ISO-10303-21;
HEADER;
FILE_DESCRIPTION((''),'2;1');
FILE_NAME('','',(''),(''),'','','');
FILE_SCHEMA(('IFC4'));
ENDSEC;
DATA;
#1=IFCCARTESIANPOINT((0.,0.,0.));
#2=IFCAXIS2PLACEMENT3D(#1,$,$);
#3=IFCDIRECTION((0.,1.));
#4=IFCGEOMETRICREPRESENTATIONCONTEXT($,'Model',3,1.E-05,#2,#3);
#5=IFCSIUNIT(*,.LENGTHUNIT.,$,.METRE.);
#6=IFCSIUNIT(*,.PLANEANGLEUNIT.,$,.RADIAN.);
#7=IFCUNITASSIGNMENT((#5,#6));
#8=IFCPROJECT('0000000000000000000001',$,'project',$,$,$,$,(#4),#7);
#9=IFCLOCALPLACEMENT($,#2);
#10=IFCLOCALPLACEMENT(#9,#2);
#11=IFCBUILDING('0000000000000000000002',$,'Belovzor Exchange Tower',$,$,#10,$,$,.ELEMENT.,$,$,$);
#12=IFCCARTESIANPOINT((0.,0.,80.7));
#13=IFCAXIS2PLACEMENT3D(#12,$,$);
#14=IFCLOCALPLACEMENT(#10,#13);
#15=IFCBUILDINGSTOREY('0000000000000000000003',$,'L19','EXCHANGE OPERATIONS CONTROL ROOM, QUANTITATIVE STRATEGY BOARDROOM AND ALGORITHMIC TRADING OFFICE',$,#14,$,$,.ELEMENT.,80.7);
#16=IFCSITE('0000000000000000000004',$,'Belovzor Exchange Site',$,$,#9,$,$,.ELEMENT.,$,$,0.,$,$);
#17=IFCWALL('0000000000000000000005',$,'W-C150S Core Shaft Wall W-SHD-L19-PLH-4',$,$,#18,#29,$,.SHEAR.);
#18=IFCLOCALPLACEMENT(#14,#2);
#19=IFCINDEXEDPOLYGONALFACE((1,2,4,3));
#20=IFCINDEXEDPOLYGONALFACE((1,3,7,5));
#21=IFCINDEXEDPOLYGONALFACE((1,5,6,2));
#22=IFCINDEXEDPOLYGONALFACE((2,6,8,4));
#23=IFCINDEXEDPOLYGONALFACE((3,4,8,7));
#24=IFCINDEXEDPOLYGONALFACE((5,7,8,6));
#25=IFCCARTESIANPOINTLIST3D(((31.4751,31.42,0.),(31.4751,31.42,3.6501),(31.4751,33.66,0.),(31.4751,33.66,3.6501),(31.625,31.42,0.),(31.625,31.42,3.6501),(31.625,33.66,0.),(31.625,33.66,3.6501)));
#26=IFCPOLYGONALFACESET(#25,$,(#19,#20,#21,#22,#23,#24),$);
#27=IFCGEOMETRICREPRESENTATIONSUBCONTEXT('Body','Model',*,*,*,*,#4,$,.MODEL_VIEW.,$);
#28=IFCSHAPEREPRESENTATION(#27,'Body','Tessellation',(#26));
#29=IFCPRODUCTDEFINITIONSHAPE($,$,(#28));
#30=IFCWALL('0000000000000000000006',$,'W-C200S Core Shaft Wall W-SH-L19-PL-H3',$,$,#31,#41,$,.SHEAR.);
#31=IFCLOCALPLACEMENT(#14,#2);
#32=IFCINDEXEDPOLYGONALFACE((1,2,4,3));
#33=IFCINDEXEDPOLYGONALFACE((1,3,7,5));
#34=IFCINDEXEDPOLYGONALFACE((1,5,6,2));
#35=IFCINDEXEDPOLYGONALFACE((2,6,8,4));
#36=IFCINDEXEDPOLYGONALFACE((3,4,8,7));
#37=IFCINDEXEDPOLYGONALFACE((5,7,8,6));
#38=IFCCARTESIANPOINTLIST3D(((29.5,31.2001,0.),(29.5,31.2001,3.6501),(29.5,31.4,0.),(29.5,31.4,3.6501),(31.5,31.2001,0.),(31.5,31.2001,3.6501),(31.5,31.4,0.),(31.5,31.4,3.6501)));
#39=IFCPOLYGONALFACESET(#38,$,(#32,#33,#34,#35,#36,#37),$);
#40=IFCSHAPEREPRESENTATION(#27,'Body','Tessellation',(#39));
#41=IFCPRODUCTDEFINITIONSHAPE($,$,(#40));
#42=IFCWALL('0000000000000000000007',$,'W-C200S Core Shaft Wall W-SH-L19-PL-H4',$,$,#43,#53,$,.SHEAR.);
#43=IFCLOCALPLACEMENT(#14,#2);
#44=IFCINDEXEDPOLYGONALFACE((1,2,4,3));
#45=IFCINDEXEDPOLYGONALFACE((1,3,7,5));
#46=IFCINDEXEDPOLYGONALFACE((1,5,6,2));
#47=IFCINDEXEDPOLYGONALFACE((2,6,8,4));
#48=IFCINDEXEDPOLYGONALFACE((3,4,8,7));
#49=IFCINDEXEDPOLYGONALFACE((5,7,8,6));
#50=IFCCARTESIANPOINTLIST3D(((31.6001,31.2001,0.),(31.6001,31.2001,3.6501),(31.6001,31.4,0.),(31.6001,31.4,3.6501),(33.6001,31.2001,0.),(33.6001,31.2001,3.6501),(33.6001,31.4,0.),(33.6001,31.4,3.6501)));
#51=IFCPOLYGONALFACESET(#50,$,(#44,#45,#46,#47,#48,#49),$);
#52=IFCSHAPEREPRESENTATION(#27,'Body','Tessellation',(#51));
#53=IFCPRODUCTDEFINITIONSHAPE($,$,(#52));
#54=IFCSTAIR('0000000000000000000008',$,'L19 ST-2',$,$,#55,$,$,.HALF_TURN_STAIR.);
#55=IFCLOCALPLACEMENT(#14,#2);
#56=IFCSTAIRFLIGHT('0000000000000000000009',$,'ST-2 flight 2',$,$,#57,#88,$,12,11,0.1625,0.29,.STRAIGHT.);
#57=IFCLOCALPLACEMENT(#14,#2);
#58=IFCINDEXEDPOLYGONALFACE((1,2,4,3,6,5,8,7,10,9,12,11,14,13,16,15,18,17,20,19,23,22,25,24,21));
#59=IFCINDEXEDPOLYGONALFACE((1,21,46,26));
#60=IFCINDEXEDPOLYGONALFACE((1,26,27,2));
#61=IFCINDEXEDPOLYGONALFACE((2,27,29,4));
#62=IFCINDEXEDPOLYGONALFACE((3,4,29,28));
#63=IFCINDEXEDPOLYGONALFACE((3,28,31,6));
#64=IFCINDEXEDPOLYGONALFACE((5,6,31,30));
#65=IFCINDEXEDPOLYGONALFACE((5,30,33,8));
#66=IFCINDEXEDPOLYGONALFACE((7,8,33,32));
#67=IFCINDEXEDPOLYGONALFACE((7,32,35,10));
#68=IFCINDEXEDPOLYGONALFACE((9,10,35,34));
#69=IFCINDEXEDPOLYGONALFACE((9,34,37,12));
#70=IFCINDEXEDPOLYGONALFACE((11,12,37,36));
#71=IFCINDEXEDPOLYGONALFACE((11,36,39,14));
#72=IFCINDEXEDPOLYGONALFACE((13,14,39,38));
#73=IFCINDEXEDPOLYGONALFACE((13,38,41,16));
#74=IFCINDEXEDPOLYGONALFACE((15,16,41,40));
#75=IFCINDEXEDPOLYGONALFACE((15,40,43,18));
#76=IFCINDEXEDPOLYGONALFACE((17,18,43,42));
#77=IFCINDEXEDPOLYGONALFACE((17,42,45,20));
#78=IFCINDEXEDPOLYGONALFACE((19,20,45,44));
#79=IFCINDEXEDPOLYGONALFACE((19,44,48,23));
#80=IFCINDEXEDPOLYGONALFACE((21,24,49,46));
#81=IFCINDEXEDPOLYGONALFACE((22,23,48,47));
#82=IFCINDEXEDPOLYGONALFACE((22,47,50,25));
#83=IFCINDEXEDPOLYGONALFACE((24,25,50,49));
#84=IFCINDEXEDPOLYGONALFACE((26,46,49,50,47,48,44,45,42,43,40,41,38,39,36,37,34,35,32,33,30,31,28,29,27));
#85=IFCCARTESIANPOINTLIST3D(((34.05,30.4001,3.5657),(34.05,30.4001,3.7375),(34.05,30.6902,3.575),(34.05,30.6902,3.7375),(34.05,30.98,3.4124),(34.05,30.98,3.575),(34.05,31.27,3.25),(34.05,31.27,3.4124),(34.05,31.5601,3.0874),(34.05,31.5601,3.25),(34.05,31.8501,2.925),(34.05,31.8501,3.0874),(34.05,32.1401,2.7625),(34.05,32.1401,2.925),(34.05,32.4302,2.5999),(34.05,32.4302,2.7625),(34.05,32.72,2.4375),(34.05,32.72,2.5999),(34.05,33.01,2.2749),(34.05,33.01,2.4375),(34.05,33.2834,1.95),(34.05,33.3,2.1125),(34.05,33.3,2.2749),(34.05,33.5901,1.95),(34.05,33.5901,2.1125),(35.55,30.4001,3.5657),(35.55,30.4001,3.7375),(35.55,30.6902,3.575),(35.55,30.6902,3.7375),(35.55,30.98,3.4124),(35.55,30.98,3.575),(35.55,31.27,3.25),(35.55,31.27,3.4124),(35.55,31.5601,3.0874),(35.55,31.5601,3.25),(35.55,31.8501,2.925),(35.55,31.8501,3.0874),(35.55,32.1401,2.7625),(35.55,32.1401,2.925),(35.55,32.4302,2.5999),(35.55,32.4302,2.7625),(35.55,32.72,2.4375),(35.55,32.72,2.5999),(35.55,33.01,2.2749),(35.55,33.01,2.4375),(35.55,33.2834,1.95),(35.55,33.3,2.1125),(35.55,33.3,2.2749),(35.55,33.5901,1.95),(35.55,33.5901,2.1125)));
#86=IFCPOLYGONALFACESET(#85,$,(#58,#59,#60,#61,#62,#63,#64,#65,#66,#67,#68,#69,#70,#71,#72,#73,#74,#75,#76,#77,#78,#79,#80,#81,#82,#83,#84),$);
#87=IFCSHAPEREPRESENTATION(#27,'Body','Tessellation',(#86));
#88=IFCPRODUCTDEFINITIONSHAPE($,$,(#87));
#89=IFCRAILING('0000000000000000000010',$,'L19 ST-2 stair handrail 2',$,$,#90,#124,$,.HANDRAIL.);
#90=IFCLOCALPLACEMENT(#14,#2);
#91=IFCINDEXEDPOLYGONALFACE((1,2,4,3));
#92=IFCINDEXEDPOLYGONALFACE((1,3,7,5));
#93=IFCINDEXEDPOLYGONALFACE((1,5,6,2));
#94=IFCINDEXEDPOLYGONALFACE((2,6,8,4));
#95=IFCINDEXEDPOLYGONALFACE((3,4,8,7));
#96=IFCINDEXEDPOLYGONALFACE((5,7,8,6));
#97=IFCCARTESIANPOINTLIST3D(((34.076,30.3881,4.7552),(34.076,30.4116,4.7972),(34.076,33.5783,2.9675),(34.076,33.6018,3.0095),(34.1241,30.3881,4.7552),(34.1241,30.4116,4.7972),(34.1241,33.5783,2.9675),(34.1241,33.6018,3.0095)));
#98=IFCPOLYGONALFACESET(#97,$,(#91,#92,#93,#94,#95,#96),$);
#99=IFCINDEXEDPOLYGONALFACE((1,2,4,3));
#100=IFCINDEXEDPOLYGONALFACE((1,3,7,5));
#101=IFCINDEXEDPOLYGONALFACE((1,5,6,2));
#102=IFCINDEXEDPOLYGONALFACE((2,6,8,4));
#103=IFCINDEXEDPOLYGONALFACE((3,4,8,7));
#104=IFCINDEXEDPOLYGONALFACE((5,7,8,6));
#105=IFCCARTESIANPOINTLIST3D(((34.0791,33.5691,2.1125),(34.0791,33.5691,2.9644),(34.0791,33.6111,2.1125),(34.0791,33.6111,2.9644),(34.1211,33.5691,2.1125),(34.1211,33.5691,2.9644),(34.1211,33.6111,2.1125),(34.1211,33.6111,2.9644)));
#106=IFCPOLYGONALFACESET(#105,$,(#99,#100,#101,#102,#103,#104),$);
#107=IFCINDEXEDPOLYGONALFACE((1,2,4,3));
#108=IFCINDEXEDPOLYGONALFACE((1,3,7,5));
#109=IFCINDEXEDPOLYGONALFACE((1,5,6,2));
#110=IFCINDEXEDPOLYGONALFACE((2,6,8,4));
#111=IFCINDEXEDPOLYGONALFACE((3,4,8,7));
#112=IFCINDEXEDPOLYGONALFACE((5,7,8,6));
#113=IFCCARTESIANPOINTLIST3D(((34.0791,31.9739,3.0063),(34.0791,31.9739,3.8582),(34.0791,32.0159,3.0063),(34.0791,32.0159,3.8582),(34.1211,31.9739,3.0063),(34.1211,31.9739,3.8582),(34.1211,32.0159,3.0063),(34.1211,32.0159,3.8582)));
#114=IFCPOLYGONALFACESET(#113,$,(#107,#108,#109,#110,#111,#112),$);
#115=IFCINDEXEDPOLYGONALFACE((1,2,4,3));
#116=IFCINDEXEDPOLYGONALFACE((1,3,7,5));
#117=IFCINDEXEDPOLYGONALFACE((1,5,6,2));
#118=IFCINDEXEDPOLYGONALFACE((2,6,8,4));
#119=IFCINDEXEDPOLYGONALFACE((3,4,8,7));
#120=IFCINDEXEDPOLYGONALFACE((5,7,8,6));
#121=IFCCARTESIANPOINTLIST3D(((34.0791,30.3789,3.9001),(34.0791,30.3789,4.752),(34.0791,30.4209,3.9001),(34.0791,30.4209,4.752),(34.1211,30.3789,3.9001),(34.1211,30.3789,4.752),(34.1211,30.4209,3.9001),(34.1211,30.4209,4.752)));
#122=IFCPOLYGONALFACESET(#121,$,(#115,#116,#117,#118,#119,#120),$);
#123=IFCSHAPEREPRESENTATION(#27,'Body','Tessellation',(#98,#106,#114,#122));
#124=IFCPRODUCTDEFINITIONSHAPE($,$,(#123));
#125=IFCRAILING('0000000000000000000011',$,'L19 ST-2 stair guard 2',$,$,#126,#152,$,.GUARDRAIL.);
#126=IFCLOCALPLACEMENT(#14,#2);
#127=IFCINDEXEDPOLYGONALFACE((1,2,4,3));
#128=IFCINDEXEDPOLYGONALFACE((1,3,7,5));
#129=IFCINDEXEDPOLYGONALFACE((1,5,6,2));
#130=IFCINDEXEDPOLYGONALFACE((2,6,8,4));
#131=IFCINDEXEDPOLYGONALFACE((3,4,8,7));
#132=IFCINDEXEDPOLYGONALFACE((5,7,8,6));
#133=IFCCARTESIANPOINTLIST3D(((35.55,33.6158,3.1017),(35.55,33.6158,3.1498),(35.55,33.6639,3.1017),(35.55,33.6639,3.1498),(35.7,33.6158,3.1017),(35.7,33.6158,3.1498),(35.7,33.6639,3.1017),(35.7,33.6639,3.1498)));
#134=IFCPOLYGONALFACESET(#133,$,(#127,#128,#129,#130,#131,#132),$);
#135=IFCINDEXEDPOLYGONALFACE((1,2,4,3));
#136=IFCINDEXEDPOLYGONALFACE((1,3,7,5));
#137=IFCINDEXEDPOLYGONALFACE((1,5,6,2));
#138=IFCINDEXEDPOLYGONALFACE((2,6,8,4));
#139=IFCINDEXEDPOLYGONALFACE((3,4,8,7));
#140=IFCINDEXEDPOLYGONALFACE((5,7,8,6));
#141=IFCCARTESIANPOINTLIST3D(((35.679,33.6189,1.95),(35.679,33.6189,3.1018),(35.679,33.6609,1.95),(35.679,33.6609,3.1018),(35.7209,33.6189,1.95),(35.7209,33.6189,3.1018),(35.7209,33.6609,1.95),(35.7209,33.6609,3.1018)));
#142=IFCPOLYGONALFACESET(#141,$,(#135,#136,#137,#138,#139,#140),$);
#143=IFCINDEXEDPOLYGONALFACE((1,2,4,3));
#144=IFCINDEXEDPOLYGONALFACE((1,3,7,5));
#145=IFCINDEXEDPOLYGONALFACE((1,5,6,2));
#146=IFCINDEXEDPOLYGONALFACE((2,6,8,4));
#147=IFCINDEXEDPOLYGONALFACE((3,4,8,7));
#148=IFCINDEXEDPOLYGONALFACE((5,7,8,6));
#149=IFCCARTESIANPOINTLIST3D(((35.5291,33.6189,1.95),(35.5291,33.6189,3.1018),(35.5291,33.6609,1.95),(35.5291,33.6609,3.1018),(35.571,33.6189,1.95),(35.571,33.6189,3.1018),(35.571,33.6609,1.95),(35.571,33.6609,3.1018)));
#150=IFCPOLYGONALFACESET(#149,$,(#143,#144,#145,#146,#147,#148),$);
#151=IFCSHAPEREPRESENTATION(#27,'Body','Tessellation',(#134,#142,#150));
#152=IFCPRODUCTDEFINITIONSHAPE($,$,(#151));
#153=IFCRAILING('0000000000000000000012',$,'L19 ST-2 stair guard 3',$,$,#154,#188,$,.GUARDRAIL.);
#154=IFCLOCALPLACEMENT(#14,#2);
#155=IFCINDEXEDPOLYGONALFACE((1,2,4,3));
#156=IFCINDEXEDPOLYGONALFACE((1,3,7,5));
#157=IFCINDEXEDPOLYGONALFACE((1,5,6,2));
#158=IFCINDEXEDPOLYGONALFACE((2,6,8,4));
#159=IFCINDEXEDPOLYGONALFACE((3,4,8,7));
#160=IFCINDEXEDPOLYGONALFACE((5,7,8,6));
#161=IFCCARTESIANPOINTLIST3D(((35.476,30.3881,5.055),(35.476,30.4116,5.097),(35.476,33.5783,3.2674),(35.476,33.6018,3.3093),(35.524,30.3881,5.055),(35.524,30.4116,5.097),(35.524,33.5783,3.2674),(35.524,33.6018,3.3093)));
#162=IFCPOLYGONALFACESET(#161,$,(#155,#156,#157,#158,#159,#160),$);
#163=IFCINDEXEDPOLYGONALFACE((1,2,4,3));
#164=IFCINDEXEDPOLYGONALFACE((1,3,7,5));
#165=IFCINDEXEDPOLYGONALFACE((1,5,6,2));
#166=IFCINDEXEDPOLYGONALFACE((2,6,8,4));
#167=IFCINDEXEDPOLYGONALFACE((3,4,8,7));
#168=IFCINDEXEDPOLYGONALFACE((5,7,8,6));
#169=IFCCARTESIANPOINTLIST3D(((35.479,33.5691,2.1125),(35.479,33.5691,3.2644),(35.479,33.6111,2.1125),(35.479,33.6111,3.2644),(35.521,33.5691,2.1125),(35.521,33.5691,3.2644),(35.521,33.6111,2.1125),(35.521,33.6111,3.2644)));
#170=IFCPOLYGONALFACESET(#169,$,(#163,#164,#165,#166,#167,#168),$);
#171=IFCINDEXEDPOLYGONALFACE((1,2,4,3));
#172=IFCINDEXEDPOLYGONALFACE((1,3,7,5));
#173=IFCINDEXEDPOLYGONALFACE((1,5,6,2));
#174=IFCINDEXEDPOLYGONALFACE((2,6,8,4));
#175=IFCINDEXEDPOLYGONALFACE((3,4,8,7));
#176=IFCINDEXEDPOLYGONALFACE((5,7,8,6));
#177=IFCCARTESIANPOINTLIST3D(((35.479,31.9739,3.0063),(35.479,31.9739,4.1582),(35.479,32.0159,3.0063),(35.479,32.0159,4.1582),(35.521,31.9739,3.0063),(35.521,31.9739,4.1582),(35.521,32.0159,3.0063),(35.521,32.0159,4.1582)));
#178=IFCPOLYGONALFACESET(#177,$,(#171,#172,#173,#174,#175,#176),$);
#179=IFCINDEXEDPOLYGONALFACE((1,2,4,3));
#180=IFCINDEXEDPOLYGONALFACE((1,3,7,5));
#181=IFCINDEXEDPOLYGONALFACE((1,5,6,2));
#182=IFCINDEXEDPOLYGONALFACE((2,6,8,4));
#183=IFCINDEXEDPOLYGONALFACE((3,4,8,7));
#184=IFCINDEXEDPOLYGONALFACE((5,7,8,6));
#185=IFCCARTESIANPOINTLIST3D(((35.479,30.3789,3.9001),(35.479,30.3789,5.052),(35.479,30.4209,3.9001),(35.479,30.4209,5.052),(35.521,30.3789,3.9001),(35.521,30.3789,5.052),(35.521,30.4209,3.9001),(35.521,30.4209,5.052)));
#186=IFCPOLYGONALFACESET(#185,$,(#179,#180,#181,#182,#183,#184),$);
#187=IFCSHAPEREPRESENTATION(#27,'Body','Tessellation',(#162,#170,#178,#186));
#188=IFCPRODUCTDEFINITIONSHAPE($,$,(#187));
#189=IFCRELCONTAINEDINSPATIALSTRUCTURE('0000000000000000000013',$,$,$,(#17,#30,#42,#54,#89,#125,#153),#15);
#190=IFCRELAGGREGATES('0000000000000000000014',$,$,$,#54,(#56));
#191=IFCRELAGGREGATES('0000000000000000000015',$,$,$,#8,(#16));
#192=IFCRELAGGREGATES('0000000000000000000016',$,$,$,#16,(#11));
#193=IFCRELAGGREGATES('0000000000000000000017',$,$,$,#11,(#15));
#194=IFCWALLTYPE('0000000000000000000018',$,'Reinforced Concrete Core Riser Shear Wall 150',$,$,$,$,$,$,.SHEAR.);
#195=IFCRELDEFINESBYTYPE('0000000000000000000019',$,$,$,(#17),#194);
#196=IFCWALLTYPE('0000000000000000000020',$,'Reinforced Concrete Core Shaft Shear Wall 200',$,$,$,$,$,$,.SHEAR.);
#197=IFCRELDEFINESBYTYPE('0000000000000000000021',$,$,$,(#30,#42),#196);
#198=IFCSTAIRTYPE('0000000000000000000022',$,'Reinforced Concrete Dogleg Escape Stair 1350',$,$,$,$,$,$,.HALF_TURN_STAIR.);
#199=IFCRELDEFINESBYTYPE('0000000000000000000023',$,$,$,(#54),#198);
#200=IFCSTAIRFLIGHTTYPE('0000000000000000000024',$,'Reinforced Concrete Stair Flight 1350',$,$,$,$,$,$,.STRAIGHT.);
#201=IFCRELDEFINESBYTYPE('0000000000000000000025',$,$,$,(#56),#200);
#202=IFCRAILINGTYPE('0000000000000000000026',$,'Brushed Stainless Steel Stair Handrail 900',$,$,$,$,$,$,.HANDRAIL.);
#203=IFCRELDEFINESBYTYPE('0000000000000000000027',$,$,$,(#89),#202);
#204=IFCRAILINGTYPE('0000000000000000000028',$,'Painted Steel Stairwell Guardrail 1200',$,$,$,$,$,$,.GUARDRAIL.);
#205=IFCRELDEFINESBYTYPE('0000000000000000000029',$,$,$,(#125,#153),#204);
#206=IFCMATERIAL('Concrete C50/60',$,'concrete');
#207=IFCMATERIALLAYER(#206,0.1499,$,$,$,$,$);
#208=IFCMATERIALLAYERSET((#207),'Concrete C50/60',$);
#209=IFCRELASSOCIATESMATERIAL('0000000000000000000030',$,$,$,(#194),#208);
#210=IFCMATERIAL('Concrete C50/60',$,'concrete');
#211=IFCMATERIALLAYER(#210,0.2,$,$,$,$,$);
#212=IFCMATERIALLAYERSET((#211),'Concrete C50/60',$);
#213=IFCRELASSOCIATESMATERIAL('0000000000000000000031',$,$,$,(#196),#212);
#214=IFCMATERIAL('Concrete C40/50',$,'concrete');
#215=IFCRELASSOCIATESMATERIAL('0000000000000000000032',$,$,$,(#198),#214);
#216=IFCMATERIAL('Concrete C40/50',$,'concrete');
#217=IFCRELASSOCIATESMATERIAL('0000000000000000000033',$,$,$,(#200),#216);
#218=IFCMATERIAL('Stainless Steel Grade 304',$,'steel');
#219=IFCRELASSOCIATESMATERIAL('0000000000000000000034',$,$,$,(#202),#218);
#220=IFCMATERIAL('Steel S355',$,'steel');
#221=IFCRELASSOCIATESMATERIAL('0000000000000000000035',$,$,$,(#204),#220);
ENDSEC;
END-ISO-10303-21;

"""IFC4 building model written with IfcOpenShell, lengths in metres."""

from ifc_helpers import new_model, si_unit, direction, frame, frame_2d, origin, origin_2d, place, context, subcontext, project, spatial, polyline, rectangle, outline, extrude, material, layer, layer_set, type_object, element, aggregate, save


model = new_model("IFC4")

# Units and contexts
model_context = context("Model", 3, precision=1e-05, world=origin(), true_north=direction((0.0, 1.0)))
body_context = subcontext(model_context, "Body", "Model", "MODEL_VIEW")
ifc_project = project(units=[si_unit("LENGTHUNIT", "METRE"), si_unit("PLANEANGLEUNIT", "RADIAN")], contexts=[model_context])

# Site, building, storey
site_placement = place(None, origin())
site = spatial("IfcSite", under=ifc_project, at=site_placement, Name="Belovzor Exchange Site", CompositionType="ELEMENT", RefElevation=0.0)
building_placement = place(site_placement, origin())
building = spatial("IfcBuilding", under=site, at=building_placement, Name="Belovzor Exchange Tower", CompositionType="ELEMENT")
storey_placement = place(building_placement, frame((0.0, 0.0, 80.7)))
storey = spatial("IfcBuildingStorey", under=building, at=storey_placement, Name="L19", Description="EXCHANGE OPERATIONS CONTROL ROOM, QUANTITATIVE STRATEGY BOARDROOM AND ALGORITHMIC TRADING OFFICE", CompositionType="ELEMENT", Elevation=80.7)

# Walls
ifc_material_1 = material(Name="Concrete C50/60", Category="concrete")
ifc_layer_1 = layer(ifc_material_1, 0.1499)
ifc_layer_set_1 = layer_set([ifc_layer_1], Name="Concrete C50/60")
wall_type_1 = type_object("IfcWallType", Name="Reinforced Concrete Core Riser Shear Wall 150", PredefinedType="SHEAR", material=ifc_layer_set_1)
for number, where, z_axis, x_axis, name in (
    (1, (31.55, 31.4199, 0.0), (0.0, 0.0, 1.0), (0.0, 1.0, 0.0), "W-C150S Core Shaft Wall W-SHD-L19-PLH-4"),
):
    element("IfcWall", number, at=place(storey_placement, frame(where, z_axis=z_axis, x_axis=x_axis)), inside=storey, type_object=wall_type_1, Name=name, PredefinedType="SHEAR", context=body_context, shape_type="SweptSolid", body=[
        extrude(rectangle(XDim=2.24, YDim=0.1499, at=frame_2d((1.1201, 0.0))), origin(), (0.0, 0.0, 1.0), 3.6501),
    ])
ifc_material_2 = material(Name="Concrete C50/60", Category="concrete")
ifc_layer_2 = layer(ifc_material_2, 0.2)
ifc_layer_set_2 = layer_set([ifc_layer_2], Name="Concrete C50/60")
wall_type_2 = type_object("IfcWallType", Name="Reinforced Concrete Core Shaft Shear Wall 200", PredefinedType="SHEAR", material=ifc_layer_set_2)
for number, where, z_axis, x_axis, name in (
    (2, (29.5, 31.3, 0.0), (0.0, 0.0, 1.0), (1.0, 0.0, 0.0), "W-C200S Core Shaft Wall W-SH-L19-PL-H3"),
    (3, (31.6001, 31.3, 0.0), (0.0, 0.0, 1.0), (1.0, 0.0, 0.0), "W-C200S Core Shaft Wall W-SH-L19-PL-H4"),
):
    element("IfcWall", number, at=place(storey_placement, frame(where, z_axis=z_axis, x_axis=x_axis)), inside=storey, type_object=wall_type_2, Name=name, PredefinedType="SHEAR", context=body_context, shape_type="SweptSolid", body=[
        extrude(rectangle(XDim=2.0, YDim=0.2, at=frame_2d((1.0, 0.0))), origin(), (0.0, 0.0, 1.0), 3.6501),
    ])

# Stair, stair flight
ifc_material_3 = material(Name="Concrete C40/50", Category="concrete")
stair_type = type_object("IfcStairType", Name="Reinforced Concrete Dogleg Escape Stair 1350", PredefinedType="HALF_TURN_STAIR", material=ifc_material_3)
stair_placement = place(storey_placement, origin())
stair = element("IfcStair", 4, at=stair_placement, inside=storey, type_object=stair_type, Name="L19 ST-2", PredefinedType="HALF_TURN_STAIR")
ifc_material_4 = material(Name="Concrete C40/50", Category="concrete")
stair_flight_type = type_object("IfcStairFlightType", Name="Reinforced Concrete Stair Flight 1350", PredefinedType="STRAIGHT", material=ifc_material_4)
stair_flight_placement = place(storey_placement, frame((34.8, 33.5901, 1.95), z_axis=(0.0, 0.0, 1.0), x_axis=(0.0, -1.0, 0.0)))
stair_flight = element("IfcStairFlight", 5, at=stair_flight_placement, type_object=stair_flight_type, Name="ST-2 flight 2", NumberOfRisers=12, NumberOfTreads=11, PredefinedType="STRAIGHT", RiserHeight=0.1625, TreadLength=0.29, context=body_context, shape_type="SweptSolid", body=[
    extrude(outline(polyline([(0.0, 0.0), (0.0, 0.1626), (0.29, 0.1626), (0.29, 0.325), (0.5801, 0.325), (0.5801, 0.4875), (0.8701, 0.4875), (0.8701, 0.6499), (1.1599, 0.6499), (1.1599, 0.8125), (1.45, 0.8125), (1.45, 0.9751), (1.74, 0.9751), (1.74, 1.1375), (2.03, 1.1375), (2.03, 1.3), (2.3201, 1.3), (2.3201, 1.4624), (2.6101, 1.4624), (2.6101, 1.625), (2.8999, 1.625), (2.8999, 1.7876), (3.1899, 1.7876), (3.1899, 1.95), (3.1899, 1.6157), (0.3066, 0.0), (0.0, 0.0)])), frame((0.0, 0.75, 0.0), z_axis=(0.0, -1.0, 0.0), x_axis=(1.0, 0.0, 0.0)), (0.0, 0.0, 1.0), 1.5),
])
aggregate(stair, [stair_flight])

# Railings
ifc_material_5 = material(Name="Stainless Steel Grade 304", Category="steel")
railing_type_1 = type_object("IfcRailingType", Name="Brushed Stainless Steel Stair Handrail 900", PredefinedType="HANDRAIL", material=ifc_material_5)
railing_1_placement = place(storey_placement, frame((34.1001, 33.5901, 2.1125)))
element("IfcRailing", 6, at=railing_1_placement, inside=storey, type_object=railing_type_1, Name="L19 ST-2 stair handrail 2", PredefinedType="HANDRAIL", context=body_context, shape_type="SweptSolid", body=[
    extrude(rectangle(XDim=0.0481, YDim=0.0481, at=origin_2d()), frame((0.0, 0.0, 0.876), z_axis=(0.0, -0.872378, 0.488831), x_axis=(1.0, 0.0, 0.0)), (0.0, 0.0, 1.0), 3.657),
    extrude(rectangle(XDim=0.042, YDim=0.042, at=origin_2d()), origin(), (0.0, 0.0, 1.0), 0.8518),
    extrude(rectangle(XDim=0.042, YDim=0.042, at=origin_2d()), frame((0.0, -1.5952, 0.8938)), (0.0, 0.0, 1.0), 0.8518),
    extrude(rectangle(XDim=0.042, YDim=0.042, at=origin_2d()), frame((0.0, -3.1902, 1.7876)), (0.0, 0.0, 1.0), 0.8518),
])
ifc_material_6 = material(Name="Steel S355", Category="steel")
railing_type_2 = type_object("IfcRailingType", Name="Painted Steel Stairwell Guardrail 1200", PredefinedType="GUARDRAIL", material=ifc_material_6)
railing_2_placement = place(storey_placement, frame((35.7, 33.6399, 1.95)))
element("IfcRailing", 7, at=railing_2_placement, inside=storey, type_object=railing_type_2, Name="L19 ST-2 stair guard 2", PredefinedType="GUARDRAIL", context=body_context, shape_type="SweptSolid", body=[
    extrude(rectangle(XDim=0.0481, YDim=0.0481, at=origin_2d()), frame((0.0, 0.0, 1.1758), z_axis=(-1.0, 0.0, 0.0), x_axis=(0.0, -1.0, 0.0)), (0.0, 0.0, 1.0), 0.1499),
    extrude(rectangle(XDim=0.042, YDim=0.042, at=origin_2d()), origin(), (0.0, 0.0, 1.0), 1.1519),
    extrude(rectangle(XDim=0.042, YDim=0.042, at=origin_2d()), frame((-0.1499, 0.0, 0.0)), (0.0, 0.0, 1.0), 1.1519),
])
railing_3_placement = place(storey_placement, frame((35.5, 33.5901, 2.1125)))
element("IfcRailing", 8, at=railing_3_placement, inside=storey, type_object=railing_type_2, Name="L19 ST-2 stair guard 3", PredefinedType="GUARDRAIL", context=body_context, shape_type="SweptSolid", body=[
    extrude(rectangle(XDim=0.0481, YDim=0.0481, at=origin_2d()), frame((0.0, 0.0, 1.1758), z_axis=(0.0, -0.872378, 0.488831), x_axis=(1.0, 0.0, 0.0)), (0.0, 0.0, 1.0), 3.657),
    extrude(rectangle(XDim=0.042, YDim=0.042, at=origin_2d()), origin(), (0.0, 0.0, 1.0), 1.1519),
    extrude(rectangle(XDim=0.042, YDim=0.042, at=origin_2d()), frame((0.0, -1.5952, 0.8938)), (0.0, 0.0, 1.0), 1.1519),
    extrude(rectangle(XDim=0.042, YDim=0.042, at=origin_2d()), frame((0.0, -3.1902, 1.7876)), (0.0, 0.0, 1.0), 1.1519),
])

save(model, "model.ifc")
